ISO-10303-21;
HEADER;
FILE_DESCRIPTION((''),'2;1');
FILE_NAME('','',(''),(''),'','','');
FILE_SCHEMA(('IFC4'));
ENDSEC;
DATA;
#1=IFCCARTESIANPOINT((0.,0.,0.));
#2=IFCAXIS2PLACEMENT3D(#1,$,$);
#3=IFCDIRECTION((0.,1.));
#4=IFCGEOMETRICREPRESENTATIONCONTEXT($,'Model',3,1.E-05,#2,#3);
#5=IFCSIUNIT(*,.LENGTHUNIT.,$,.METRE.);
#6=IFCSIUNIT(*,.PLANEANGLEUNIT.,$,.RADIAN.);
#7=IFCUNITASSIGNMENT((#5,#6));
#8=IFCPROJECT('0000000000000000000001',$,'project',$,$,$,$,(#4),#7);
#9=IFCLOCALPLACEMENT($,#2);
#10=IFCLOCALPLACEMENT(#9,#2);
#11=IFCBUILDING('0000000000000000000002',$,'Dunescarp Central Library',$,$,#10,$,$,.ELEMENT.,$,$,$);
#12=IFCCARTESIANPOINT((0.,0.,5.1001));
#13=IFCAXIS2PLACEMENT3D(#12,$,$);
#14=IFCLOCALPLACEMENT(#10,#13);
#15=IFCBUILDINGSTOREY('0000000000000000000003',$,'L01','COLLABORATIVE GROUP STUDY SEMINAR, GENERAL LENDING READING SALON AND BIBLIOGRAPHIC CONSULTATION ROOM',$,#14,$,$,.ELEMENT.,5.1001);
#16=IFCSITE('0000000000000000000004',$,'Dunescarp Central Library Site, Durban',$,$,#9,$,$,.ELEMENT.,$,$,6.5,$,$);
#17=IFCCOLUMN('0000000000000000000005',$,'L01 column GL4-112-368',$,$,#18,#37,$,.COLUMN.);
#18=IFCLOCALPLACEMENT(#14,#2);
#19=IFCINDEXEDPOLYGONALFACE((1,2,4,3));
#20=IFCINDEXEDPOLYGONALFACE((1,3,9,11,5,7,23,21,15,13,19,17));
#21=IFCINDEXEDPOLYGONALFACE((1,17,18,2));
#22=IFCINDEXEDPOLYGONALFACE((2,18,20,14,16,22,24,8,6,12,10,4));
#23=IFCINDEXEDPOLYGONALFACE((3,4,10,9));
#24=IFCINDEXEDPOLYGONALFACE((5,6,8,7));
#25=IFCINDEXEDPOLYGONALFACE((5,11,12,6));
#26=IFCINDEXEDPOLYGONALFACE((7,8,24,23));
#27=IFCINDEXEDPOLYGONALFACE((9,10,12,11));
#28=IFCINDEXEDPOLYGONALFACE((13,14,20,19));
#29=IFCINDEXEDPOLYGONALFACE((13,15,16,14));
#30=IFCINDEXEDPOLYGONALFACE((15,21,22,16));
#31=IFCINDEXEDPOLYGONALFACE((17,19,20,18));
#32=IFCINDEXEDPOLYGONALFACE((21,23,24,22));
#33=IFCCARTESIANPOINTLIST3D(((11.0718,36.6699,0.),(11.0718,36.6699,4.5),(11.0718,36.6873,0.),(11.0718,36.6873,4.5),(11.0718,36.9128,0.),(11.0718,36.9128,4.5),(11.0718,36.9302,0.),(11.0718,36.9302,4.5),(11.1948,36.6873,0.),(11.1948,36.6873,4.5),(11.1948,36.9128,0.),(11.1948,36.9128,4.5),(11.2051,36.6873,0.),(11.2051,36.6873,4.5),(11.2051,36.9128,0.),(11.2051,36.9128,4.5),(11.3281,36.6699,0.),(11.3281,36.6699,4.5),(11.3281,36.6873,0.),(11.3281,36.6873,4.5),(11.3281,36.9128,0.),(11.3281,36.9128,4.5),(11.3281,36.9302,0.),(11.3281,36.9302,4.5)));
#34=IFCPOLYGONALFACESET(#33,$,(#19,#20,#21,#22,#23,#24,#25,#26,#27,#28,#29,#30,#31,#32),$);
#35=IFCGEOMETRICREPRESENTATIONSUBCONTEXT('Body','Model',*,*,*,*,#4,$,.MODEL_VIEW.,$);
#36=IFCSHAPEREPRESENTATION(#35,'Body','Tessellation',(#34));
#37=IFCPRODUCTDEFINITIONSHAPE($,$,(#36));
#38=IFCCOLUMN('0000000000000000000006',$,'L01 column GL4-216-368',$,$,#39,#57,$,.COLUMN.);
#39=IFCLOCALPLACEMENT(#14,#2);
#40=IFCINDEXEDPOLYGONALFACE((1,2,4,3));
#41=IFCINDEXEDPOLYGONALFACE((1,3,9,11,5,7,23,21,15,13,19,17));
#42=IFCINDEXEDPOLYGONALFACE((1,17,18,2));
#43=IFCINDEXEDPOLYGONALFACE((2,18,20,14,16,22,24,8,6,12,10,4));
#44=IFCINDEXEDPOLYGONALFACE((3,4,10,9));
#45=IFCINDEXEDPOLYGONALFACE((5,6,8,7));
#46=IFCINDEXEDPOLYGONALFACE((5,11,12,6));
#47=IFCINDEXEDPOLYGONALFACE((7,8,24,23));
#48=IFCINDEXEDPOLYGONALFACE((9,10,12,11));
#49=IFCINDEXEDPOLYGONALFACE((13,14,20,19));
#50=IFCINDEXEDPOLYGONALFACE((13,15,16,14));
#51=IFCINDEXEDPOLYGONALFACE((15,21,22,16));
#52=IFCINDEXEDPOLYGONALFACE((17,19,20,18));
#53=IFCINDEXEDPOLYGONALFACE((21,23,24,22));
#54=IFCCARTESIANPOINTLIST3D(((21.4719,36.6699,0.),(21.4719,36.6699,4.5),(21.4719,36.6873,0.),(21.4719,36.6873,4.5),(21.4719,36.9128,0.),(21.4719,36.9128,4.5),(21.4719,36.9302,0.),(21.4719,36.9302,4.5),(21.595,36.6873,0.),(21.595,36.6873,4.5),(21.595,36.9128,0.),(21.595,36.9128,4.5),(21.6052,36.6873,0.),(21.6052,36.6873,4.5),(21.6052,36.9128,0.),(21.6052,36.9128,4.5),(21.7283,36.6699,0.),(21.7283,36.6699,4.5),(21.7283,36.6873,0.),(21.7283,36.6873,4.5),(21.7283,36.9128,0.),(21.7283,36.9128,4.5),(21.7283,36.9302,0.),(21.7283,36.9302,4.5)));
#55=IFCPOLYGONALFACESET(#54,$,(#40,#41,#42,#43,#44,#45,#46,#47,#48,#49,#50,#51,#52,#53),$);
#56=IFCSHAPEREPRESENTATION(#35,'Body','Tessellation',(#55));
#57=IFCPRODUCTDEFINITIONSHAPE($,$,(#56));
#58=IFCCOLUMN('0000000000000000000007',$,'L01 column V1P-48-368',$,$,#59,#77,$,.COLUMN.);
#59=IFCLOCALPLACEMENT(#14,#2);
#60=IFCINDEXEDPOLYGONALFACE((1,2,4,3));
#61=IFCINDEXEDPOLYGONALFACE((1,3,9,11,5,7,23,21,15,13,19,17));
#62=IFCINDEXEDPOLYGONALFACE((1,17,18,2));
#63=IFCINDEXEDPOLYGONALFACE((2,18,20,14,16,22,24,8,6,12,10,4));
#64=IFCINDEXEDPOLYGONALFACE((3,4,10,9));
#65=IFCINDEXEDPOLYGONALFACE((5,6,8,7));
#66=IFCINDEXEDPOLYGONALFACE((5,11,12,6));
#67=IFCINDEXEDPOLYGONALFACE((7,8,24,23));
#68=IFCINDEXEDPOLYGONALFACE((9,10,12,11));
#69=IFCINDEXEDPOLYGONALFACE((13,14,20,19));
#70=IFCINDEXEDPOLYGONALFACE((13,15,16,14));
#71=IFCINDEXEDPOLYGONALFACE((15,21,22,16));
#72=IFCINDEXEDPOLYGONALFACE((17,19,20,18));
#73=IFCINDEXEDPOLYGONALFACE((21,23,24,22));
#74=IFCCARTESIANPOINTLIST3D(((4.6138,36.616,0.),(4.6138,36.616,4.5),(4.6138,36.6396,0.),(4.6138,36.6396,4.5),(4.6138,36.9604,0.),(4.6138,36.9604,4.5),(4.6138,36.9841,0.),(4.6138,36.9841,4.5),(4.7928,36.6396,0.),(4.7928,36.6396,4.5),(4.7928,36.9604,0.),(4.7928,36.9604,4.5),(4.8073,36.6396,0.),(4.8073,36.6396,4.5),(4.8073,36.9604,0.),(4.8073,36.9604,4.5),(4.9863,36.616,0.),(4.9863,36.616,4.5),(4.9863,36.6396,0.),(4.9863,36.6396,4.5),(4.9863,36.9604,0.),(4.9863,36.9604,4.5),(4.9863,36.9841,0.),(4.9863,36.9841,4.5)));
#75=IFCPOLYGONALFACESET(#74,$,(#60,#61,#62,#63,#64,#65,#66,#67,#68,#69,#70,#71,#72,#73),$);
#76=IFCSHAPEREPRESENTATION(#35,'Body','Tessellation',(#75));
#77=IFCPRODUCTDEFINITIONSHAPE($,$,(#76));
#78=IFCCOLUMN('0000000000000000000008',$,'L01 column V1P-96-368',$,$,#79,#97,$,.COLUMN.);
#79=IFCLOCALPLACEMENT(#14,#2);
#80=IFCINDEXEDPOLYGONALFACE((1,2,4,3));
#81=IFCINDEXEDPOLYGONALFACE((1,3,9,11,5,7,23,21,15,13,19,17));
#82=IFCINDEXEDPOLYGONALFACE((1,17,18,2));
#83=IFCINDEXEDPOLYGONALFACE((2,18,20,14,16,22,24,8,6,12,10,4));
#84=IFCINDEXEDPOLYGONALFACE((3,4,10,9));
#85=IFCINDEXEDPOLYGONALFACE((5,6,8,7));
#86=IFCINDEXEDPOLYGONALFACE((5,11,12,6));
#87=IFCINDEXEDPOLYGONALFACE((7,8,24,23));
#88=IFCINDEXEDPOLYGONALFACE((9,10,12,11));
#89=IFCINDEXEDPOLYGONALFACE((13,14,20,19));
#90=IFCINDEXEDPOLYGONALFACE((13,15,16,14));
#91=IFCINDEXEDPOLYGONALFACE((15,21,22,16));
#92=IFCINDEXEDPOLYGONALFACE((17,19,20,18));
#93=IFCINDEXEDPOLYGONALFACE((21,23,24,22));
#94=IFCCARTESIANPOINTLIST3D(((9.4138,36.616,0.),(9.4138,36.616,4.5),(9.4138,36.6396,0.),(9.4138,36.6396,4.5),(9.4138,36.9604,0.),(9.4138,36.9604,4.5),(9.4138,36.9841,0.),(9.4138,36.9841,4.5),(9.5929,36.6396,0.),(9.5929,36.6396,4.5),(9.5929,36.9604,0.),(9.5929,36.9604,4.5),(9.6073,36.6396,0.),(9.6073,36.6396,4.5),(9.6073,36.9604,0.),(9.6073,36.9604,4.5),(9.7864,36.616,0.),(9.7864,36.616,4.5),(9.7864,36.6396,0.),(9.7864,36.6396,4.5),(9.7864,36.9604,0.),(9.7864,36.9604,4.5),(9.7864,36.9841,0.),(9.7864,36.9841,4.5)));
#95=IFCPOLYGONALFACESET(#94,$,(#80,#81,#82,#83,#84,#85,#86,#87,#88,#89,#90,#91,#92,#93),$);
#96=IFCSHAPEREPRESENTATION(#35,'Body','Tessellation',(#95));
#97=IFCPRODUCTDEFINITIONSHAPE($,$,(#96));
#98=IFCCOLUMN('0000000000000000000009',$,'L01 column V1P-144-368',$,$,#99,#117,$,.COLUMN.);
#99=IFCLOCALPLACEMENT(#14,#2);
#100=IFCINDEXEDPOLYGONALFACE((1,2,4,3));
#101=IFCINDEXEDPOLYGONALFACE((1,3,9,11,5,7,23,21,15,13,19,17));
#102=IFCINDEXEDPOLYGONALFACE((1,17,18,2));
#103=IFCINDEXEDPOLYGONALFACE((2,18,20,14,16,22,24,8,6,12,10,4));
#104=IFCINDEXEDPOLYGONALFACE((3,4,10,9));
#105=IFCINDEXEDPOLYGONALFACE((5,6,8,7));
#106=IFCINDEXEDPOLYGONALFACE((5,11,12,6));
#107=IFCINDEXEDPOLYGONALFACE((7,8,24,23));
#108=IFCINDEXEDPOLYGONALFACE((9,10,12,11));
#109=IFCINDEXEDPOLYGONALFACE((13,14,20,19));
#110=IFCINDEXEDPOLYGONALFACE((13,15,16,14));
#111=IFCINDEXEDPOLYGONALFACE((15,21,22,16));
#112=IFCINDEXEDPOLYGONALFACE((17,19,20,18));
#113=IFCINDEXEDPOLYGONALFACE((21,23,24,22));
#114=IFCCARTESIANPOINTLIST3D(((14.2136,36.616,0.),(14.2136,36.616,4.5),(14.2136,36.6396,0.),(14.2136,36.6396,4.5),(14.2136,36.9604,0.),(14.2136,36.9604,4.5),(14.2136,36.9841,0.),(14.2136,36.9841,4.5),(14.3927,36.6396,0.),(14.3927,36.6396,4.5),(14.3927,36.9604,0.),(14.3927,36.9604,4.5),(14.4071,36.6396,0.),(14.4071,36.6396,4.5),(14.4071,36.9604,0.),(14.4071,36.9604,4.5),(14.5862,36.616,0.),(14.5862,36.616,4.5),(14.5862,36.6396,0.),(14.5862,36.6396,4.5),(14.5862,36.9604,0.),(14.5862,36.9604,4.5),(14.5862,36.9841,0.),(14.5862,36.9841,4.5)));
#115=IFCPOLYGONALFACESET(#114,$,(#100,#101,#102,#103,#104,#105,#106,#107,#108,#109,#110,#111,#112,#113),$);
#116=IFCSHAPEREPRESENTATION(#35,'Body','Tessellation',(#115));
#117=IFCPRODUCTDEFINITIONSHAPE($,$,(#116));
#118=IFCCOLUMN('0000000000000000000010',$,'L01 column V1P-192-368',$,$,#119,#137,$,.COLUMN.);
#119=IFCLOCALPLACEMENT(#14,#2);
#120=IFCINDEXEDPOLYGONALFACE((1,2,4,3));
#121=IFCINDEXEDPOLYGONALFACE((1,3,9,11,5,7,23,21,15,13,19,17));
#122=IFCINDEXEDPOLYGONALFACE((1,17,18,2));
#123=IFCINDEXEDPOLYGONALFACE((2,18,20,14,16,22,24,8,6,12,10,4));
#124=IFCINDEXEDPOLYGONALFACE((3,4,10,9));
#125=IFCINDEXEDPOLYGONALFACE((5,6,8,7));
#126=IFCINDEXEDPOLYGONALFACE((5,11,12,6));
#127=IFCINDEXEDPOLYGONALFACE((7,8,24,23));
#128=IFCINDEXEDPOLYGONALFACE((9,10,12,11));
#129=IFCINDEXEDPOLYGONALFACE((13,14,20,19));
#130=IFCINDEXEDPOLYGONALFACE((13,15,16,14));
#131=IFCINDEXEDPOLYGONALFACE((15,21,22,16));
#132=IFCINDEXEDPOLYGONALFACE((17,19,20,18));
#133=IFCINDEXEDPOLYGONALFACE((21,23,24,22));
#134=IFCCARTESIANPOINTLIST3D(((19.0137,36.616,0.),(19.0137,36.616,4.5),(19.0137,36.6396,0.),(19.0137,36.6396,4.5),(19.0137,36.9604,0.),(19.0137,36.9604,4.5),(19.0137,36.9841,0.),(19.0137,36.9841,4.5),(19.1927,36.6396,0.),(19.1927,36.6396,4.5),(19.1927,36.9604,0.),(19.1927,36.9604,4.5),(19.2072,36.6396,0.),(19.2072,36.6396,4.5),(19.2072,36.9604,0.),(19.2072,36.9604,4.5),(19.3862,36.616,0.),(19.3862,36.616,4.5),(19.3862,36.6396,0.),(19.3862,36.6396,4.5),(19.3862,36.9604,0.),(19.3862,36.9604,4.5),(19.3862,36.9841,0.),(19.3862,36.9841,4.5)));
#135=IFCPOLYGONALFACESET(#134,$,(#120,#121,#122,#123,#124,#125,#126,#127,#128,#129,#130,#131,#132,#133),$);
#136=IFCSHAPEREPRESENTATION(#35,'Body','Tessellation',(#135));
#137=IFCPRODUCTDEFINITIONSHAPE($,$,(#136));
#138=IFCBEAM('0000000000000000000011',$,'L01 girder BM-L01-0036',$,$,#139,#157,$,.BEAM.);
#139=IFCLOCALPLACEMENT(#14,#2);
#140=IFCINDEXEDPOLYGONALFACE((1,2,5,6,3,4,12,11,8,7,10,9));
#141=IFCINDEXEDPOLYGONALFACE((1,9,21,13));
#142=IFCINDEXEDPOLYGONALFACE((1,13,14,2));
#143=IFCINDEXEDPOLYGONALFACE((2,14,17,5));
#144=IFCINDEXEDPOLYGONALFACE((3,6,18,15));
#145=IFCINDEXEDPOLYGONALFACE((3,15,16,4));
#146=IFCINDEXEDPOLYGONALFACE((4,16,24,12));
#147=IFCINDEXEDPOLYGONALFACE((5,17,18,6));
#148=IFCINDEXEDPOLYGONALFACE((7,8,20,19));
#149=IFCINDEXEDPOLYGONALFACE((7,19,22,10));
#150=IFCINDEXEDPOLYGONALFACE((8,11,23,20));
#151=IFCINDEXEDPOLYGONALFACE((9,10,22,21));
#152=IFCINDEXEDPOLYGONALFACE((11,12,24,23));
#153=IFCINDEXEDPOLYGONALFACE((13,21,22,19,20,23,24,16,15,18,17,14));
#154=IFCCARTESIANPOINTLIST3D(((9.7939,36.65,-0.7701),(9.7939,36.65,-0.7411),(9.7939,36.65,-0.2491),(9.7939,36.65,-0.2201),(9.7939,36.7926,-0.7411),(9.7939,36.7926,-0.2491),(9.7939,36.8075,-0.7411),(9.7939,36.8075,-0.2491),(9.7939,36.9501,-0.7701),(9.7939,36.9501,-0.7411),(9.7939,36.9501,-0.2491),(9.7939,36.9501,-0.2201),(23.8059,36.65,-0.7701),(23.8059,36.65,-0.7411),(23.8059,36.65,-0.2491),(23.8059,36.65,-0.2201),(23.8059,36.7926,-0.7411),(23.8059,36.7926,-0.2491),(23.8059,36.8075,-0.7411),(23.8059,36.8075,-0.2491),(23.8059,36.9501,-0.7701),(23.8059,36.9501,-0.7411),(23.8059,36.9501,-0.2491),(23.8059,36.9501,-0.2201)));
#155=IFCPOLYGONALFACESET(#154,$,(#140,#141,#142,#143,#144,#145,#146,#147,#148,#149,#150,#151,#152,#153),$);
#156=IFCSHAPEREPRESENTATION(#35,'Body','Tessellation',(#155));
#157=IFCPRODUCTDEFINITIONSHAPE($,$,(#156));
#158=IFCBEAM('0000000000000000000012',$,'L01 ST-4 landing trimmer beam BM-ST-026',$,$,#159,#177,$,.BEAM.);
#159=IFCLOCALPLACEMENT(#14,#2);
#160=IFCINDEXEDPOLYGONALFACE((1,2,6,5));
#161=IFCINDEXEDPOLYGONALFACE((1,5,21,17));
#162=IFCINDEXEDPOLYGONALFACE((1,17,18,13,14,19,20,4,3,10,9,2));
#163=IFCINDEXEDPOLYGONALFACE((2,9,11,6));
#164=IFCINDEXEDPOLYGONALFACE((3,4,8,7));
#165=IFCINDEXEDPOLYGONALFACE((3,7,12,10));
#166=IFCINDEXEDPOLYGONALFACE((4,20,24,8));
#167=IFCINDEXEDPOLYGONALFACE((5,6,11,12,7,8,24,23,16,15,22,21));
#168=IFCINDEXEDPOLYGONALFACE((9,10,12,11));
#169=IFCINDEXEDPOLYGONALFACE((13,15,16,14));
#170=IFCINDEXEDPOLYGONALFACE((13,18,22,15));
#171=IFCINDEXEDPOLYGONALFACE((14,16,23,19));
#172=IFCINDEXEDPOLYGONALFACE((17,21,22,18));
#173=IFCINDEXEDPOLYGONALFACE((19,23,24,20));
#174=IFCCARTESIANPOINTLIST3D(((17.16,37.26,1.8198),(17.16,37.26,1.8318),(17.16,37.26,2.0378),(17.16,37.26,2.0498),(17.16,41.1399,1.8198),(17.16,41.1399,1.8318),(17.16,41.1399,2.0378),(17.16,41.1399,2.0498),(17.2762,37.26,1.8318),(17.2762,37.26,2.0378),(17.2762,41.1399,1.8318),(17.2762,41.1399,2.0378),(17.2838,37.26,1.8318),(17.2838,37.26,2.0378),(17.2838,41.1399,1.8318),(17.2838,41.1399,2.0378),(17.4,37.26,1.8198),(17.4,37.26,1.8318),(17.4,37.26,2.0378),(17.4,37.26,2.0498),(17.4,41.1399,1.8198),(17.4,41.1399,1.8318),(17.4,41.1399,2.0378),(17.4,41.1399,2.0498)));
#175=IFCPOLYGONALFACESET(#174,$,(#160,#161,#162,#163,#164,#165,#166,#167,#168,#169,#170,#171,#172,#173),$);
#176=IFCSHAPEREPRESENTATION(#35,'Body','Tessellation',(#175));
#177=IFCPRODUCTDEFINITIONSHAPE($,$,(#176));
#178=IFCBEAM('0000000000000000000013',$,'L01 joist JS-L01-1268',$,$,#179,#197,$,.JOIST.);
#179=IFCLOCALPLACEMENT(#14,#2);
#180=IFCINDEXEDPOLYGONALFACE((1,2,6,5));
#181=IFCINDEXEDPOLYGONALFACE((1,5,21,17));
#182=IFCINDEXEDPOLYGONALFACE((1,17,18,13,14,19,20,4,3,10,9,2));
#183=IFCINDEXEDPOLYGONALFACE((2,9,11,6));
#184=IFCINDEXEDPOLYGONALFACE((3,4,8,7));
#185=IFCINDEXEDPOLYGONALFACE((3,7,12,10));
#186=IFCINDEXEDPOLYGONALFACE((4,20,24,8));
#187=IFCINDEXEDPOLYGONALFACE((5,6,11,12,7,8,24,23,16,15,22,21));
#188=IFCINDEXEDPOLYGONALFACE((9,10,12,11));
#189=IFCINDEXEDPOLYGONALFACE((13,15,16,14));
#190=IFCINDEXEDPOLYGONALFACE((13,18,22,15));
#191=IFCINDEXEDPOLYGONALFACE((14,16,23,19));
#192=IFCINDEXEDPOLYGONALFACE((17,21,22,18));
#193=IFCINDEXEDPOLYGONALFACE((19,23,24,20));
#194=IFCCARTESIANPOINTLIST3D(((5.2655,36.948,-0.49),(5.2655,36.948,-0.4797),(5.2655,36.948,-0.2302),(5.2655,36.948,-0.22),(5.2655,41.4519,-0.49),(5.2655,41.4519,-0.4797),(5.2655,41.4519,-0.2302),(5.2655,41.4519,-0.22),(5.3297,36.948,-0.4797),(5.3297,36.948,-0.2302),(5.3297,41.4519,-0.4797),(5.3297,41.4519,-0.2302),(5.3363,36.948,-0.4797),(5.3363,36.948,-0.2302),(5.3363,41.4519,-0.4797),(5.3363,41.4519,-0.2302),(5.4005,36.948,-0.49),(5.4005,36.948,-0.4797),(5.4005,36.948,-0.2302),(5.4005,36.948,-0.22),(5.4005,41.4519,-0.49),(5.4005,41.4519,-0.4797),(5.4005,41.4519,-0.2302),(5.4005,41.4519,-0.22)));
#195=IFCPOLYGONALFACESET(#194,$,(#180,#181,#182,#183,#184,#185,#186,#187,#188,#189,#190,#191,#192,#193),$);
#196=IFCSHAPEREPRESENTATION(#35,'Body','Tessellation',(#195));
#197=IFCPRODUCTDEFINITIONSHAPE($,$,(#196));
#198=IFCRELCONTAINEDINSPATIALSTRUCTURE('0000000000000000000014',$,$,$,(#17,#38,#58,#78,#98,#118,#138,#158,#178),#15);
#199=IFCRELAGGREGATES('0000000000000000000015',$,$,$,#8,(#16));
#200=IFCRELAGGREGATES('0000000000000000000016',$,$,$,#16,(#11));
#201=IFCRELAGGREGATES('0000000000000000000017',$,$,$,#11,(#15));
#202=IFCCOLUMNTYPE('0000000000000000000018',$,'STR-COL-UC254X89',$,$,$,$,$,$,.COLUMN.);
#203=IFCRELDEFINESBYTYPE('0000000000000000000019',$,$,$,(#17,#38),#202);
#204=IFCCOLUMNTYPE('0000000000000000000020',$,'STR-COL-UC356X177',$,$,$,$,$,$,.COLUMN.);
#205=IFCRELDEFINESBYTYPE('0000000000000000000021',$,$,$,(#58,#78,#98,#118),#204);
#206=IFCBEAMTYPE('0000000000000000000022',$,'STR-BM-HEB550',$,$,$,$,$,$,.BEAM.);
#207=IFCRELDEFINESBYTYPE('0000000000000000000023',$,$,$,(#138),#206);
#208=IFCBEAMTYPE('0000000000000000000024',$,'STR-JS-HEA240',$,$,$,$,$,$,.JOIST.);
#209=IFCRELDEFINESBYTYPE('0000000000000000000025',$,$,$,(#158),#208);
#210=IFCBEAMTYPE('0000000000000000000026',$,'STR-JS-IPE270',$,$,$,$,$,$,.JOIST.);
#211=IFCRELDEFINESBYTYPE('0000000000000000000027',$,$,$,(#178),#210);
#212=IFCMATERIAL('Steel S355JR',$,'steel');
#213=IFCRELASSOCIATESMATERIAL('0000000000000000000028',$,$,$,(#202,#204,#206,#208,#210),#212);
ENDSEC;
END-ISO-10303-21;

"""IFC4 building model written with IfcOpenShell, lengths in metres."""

from ifc_helpers import new_model, si_unit, direction, frame, origin, origin_2d, place, context, subcontext, project, spatial, i_section, extrude, material, material_profile, profile_set, type_object, element, save


model = new_model("IFC4")

# Units and contexts
model_context = context("Model", 3, precision=1e-05, world=origin(), true_north=direction((0.0, 1.0)))
body_context = subcontext(model_context, "Body", "Model", "MODEL_VIEW")
ifc_project = project(units=[si_unit("LENGTHUNIT", "METRE"), si_unit("PLANEANGLEUNIT", "RADIAN")], contexts=[model_context])

# Site, building, storey
site_placement = place(None, origin())
site = spatial("IfcSite", under=ifc_project, at=site_placement, Name="Dunescarp Central Library Site, Durban", CompositionType="ELEMENT", RefElevation=6.5)
building_placement = place(site_placement, origin())
building = spatial("IfcBuilding", under=site, at=building_placement, Name="Dunescarp Central Library", CompositionType="ELEMENT")
storey_placement = place(building_placement, frame((0.0, 0.0, 5.1001)))
storey = spatial("IfcBuildingStorey", under=building, at=storey_placement, Name="L01", Description="COLLABORATIVE GROUP STUDY SEMINAR, GENERAL LENDING READING SALON AND BIBLIOGRAPHIC CONSULTATION ROOM", CompositionType="ELEMENT", Elevation=5.1001)

# Columns
ifc_material_1 = material(Name="Steel S355JR", Category="steel")
ifc_material_profile_1 = material_profile(ifc_material_1, i_section(OverallWidth=0.2563, OverallDepth=0.2603, WebThickness=0.0103, FlangeThickness=0.0173, at=origin_2d()), Name="UC 254x254x89")
ifc_profile_set_1 = profile_set([ifc_material_profile_1], Name="Steel S355JR")
column_type_1 = type_object("IfcColumnType", Name="STR-COL-UC254X89", PredefinedType="COLUMN", material=ifc_profile_set_1)
for number, where, z_axis, x_axis, name in (
    (1, (11.2, 36.8, 0.0), (0.0, 0.0, 1.0), (1.0, 0.0, 0.0), "L01 column GL4-112-368"),
    (2, (21.6001, 36.8, 0.0), (0.0, 0.0, 1.0), (1.0, 0.0, 0.0), "L01 column GL4-216-368"),
):
    element("IfcColumn", number, at=place(storey_placement, frame(where, z_axis=z_axis, x_axis=x_axis)), inside=storey, type_object=column_type_1, Name=name, PredefinedType="COLUMN", context=body_context, shape_type="SweptSolid", body=[
        extrude(i_section(OverallWidth=0.2563, OverallDepth=0.2603, WebThickness=0.0103, FlangeThickness=0.0173, at=origin_2d()), origin(), (0.0, 0.0, 1.0), 4.5),
    ])
ifc_material_profile_2 = material_profile(ifc_material_1, i_section(OverallWidth=0.3726, OverallDepth=0.3682, WebThickness=0.0144, FlangeThickness=0.0237, at=origin_2d()), Name="UC 356x368x177")
ifc_profile_set_2 = profile_set([ifc_material_profile_2], Name="Steel S355JR")
column_type_2 = type_object("IfcColumnType", Name="STR-COL-UC356X177", PredefinedType="COLUMN", material=ifc_profile_set_2)
for number, where, z_axis, x_axis, name in (
    (3, (4.8, 36.8, 0.0), (0.0, 0.0, 1.0), (1.0, 0.0, 0.0), "L01 column V1P-48-368"),
    (4, (9.6001, 36.8, 0.0), (0.0, 0.0, 1.0), (1.0, 0.0, 0.0), "L01 column V1P-96-368"),
    (5, (14.3999, 36.8, 0.0), (0.0, 0.0, 1.0), (1.0, 0.0, 0.0), "L01 column V1P-144-368"),
    (6, (19.2, 36.8, 0.0), (0.0, 0.0, 1.0), (1.0, 0.0, 0.0), "L01 column V1P-192-368"),
):
    element("IfcColumn", number, at=place(storey_placement, frame(where, z_axis=z_axis, x_axis=x_axis)), inside=storey, type_object=column_type_2, Name=name, PredefinedType="COLUMN", context=body_context, shape_type="SweptSolid", body=[
        extrude(i_section(OverallWidth=0.3726, OverallDepth=0.3682, WebThickness=0.0144, FlangeThickness=0.0237, at=origin_2d()), origin(), (0.0, 0.0, 1.0), 4.5),
    ])

# Beams
ifc_material_profile_3 = material_profile(ifc_material_1, i_section(OverallWidth=0.3, OverallDepth=0.55, WebThickness=0.0149, FlangeThickness=0.0291, at=origin_2d()), Name="HEB 550")
ifc_profile_set_3 = profile_set([ifc_material_profile_3], Name="Steel S355JR")
beam_type_1 = type_object("IfcBeamType", Name="STR-BM-HEB550", PredefinedType="BEAM", material=ifc_profile_set_3)
beam_1_placement = place(storey_placement, frame((9.7939, 36.8, -0.4951), z_axis=(1.0, 0.0, 0.0), x_axis=(0.0, 1.0, 0.0)))
element("IfcBeam", 7, at=beam_1_placement, inside=storey, type_object=beam_type_1, Name="L01 girder BM-L01-0036", PredefinedType="BEAM", context=body_context, shape_type="SweptSolid", body=[
    extrude(i_section(OverallWidth=0.3, OverallDepth=0.55, WebThickness=0.0149, FlangeThickness=0.0291, at=origin_2d()), origin(), (0.0, 0.0, 1.0), 14.012),
])
ifc_material_profile_4 = material_profile(ifc_material_1, i_section(OverallWidth=0.24, OverallDepth=0.23, WebThickness=0.0076, FlangeThickness=0.012, at=origin_2d()), Name="HEA 240")
ifc_profile_set_4 = profile_set([ifc_material_profile_4], Name="Steel S355JR")
beam_type_2 = type_object("IfcBeamType", Name="STR-JS-HEA240", PredefinedType="JOIST", material=ifc_profile_set_4)
beam_2_placement = place(storey_placement, frame((17.28, 37.26, 1.9348), z_axis=(0.0, 1.0, 0.0), x_axis=(-1.0, 0.0, 0.0)))
element("IfcBeam", 8, at=beam_2_placement, inside=storey, type_object=beam_type_2, Name="L01 ST-4 landing trimmer beam BM-ST-026", PredefinedType="BEAM", context=body_context, shape_type="SweptSolid", body=[
    extrude(i_section(OverallWidth=0.24, OverallDepth=0.23, WebThickness=0.0076, FlangeThickness=0.012, at=origin_2d()), origin(), (0.0, 0.0, 1.0), 3.8799),
])
ifc_material_profile_5 = material_profile(ifc_material_1, i_section(OverallWidth=0.135, OverallDepth=0.27, WebThickness=0.0066, FlangeThickness=0.0103, at=origin_2d()), Name="IPE 270")
ifc_profile_set_5 = profile_set([ifc_material_profile_5], Name="Steel S355JR")
beam_type_3 = type_object("IfcBeamType", Name="STR-JS-IPE270", PredefinedType="JOIST", material=ifc_profile_set_5)
for number, where, z_axis, x_axis, name in (
    (9, (5.333, 36.948, -0.355), (0.0, 1.0, 0.0), (-1.0, 0.0, 0.0), "L01 joist JS-L01-1268"),
):
    element("IfcBeam", number, at=place(storey_placement, frame(where, z_axis=z_axis, x_axis=x_axis)), inside=storey, type_object=beam_type_3, Name=name, PredefinedType="JOIST", context=body_context, shape_type="SweptSolid", body=[
        extrude(i_section(OverallWidth=0.135, OverallDepth=0.27, WebThickness=0.0066, FlangeThickness=0.0103, at=origin_2d()), origin(), (0.0, 0.0, 1.0), 4.5039),
    ])

save(model, "model.ifc")
